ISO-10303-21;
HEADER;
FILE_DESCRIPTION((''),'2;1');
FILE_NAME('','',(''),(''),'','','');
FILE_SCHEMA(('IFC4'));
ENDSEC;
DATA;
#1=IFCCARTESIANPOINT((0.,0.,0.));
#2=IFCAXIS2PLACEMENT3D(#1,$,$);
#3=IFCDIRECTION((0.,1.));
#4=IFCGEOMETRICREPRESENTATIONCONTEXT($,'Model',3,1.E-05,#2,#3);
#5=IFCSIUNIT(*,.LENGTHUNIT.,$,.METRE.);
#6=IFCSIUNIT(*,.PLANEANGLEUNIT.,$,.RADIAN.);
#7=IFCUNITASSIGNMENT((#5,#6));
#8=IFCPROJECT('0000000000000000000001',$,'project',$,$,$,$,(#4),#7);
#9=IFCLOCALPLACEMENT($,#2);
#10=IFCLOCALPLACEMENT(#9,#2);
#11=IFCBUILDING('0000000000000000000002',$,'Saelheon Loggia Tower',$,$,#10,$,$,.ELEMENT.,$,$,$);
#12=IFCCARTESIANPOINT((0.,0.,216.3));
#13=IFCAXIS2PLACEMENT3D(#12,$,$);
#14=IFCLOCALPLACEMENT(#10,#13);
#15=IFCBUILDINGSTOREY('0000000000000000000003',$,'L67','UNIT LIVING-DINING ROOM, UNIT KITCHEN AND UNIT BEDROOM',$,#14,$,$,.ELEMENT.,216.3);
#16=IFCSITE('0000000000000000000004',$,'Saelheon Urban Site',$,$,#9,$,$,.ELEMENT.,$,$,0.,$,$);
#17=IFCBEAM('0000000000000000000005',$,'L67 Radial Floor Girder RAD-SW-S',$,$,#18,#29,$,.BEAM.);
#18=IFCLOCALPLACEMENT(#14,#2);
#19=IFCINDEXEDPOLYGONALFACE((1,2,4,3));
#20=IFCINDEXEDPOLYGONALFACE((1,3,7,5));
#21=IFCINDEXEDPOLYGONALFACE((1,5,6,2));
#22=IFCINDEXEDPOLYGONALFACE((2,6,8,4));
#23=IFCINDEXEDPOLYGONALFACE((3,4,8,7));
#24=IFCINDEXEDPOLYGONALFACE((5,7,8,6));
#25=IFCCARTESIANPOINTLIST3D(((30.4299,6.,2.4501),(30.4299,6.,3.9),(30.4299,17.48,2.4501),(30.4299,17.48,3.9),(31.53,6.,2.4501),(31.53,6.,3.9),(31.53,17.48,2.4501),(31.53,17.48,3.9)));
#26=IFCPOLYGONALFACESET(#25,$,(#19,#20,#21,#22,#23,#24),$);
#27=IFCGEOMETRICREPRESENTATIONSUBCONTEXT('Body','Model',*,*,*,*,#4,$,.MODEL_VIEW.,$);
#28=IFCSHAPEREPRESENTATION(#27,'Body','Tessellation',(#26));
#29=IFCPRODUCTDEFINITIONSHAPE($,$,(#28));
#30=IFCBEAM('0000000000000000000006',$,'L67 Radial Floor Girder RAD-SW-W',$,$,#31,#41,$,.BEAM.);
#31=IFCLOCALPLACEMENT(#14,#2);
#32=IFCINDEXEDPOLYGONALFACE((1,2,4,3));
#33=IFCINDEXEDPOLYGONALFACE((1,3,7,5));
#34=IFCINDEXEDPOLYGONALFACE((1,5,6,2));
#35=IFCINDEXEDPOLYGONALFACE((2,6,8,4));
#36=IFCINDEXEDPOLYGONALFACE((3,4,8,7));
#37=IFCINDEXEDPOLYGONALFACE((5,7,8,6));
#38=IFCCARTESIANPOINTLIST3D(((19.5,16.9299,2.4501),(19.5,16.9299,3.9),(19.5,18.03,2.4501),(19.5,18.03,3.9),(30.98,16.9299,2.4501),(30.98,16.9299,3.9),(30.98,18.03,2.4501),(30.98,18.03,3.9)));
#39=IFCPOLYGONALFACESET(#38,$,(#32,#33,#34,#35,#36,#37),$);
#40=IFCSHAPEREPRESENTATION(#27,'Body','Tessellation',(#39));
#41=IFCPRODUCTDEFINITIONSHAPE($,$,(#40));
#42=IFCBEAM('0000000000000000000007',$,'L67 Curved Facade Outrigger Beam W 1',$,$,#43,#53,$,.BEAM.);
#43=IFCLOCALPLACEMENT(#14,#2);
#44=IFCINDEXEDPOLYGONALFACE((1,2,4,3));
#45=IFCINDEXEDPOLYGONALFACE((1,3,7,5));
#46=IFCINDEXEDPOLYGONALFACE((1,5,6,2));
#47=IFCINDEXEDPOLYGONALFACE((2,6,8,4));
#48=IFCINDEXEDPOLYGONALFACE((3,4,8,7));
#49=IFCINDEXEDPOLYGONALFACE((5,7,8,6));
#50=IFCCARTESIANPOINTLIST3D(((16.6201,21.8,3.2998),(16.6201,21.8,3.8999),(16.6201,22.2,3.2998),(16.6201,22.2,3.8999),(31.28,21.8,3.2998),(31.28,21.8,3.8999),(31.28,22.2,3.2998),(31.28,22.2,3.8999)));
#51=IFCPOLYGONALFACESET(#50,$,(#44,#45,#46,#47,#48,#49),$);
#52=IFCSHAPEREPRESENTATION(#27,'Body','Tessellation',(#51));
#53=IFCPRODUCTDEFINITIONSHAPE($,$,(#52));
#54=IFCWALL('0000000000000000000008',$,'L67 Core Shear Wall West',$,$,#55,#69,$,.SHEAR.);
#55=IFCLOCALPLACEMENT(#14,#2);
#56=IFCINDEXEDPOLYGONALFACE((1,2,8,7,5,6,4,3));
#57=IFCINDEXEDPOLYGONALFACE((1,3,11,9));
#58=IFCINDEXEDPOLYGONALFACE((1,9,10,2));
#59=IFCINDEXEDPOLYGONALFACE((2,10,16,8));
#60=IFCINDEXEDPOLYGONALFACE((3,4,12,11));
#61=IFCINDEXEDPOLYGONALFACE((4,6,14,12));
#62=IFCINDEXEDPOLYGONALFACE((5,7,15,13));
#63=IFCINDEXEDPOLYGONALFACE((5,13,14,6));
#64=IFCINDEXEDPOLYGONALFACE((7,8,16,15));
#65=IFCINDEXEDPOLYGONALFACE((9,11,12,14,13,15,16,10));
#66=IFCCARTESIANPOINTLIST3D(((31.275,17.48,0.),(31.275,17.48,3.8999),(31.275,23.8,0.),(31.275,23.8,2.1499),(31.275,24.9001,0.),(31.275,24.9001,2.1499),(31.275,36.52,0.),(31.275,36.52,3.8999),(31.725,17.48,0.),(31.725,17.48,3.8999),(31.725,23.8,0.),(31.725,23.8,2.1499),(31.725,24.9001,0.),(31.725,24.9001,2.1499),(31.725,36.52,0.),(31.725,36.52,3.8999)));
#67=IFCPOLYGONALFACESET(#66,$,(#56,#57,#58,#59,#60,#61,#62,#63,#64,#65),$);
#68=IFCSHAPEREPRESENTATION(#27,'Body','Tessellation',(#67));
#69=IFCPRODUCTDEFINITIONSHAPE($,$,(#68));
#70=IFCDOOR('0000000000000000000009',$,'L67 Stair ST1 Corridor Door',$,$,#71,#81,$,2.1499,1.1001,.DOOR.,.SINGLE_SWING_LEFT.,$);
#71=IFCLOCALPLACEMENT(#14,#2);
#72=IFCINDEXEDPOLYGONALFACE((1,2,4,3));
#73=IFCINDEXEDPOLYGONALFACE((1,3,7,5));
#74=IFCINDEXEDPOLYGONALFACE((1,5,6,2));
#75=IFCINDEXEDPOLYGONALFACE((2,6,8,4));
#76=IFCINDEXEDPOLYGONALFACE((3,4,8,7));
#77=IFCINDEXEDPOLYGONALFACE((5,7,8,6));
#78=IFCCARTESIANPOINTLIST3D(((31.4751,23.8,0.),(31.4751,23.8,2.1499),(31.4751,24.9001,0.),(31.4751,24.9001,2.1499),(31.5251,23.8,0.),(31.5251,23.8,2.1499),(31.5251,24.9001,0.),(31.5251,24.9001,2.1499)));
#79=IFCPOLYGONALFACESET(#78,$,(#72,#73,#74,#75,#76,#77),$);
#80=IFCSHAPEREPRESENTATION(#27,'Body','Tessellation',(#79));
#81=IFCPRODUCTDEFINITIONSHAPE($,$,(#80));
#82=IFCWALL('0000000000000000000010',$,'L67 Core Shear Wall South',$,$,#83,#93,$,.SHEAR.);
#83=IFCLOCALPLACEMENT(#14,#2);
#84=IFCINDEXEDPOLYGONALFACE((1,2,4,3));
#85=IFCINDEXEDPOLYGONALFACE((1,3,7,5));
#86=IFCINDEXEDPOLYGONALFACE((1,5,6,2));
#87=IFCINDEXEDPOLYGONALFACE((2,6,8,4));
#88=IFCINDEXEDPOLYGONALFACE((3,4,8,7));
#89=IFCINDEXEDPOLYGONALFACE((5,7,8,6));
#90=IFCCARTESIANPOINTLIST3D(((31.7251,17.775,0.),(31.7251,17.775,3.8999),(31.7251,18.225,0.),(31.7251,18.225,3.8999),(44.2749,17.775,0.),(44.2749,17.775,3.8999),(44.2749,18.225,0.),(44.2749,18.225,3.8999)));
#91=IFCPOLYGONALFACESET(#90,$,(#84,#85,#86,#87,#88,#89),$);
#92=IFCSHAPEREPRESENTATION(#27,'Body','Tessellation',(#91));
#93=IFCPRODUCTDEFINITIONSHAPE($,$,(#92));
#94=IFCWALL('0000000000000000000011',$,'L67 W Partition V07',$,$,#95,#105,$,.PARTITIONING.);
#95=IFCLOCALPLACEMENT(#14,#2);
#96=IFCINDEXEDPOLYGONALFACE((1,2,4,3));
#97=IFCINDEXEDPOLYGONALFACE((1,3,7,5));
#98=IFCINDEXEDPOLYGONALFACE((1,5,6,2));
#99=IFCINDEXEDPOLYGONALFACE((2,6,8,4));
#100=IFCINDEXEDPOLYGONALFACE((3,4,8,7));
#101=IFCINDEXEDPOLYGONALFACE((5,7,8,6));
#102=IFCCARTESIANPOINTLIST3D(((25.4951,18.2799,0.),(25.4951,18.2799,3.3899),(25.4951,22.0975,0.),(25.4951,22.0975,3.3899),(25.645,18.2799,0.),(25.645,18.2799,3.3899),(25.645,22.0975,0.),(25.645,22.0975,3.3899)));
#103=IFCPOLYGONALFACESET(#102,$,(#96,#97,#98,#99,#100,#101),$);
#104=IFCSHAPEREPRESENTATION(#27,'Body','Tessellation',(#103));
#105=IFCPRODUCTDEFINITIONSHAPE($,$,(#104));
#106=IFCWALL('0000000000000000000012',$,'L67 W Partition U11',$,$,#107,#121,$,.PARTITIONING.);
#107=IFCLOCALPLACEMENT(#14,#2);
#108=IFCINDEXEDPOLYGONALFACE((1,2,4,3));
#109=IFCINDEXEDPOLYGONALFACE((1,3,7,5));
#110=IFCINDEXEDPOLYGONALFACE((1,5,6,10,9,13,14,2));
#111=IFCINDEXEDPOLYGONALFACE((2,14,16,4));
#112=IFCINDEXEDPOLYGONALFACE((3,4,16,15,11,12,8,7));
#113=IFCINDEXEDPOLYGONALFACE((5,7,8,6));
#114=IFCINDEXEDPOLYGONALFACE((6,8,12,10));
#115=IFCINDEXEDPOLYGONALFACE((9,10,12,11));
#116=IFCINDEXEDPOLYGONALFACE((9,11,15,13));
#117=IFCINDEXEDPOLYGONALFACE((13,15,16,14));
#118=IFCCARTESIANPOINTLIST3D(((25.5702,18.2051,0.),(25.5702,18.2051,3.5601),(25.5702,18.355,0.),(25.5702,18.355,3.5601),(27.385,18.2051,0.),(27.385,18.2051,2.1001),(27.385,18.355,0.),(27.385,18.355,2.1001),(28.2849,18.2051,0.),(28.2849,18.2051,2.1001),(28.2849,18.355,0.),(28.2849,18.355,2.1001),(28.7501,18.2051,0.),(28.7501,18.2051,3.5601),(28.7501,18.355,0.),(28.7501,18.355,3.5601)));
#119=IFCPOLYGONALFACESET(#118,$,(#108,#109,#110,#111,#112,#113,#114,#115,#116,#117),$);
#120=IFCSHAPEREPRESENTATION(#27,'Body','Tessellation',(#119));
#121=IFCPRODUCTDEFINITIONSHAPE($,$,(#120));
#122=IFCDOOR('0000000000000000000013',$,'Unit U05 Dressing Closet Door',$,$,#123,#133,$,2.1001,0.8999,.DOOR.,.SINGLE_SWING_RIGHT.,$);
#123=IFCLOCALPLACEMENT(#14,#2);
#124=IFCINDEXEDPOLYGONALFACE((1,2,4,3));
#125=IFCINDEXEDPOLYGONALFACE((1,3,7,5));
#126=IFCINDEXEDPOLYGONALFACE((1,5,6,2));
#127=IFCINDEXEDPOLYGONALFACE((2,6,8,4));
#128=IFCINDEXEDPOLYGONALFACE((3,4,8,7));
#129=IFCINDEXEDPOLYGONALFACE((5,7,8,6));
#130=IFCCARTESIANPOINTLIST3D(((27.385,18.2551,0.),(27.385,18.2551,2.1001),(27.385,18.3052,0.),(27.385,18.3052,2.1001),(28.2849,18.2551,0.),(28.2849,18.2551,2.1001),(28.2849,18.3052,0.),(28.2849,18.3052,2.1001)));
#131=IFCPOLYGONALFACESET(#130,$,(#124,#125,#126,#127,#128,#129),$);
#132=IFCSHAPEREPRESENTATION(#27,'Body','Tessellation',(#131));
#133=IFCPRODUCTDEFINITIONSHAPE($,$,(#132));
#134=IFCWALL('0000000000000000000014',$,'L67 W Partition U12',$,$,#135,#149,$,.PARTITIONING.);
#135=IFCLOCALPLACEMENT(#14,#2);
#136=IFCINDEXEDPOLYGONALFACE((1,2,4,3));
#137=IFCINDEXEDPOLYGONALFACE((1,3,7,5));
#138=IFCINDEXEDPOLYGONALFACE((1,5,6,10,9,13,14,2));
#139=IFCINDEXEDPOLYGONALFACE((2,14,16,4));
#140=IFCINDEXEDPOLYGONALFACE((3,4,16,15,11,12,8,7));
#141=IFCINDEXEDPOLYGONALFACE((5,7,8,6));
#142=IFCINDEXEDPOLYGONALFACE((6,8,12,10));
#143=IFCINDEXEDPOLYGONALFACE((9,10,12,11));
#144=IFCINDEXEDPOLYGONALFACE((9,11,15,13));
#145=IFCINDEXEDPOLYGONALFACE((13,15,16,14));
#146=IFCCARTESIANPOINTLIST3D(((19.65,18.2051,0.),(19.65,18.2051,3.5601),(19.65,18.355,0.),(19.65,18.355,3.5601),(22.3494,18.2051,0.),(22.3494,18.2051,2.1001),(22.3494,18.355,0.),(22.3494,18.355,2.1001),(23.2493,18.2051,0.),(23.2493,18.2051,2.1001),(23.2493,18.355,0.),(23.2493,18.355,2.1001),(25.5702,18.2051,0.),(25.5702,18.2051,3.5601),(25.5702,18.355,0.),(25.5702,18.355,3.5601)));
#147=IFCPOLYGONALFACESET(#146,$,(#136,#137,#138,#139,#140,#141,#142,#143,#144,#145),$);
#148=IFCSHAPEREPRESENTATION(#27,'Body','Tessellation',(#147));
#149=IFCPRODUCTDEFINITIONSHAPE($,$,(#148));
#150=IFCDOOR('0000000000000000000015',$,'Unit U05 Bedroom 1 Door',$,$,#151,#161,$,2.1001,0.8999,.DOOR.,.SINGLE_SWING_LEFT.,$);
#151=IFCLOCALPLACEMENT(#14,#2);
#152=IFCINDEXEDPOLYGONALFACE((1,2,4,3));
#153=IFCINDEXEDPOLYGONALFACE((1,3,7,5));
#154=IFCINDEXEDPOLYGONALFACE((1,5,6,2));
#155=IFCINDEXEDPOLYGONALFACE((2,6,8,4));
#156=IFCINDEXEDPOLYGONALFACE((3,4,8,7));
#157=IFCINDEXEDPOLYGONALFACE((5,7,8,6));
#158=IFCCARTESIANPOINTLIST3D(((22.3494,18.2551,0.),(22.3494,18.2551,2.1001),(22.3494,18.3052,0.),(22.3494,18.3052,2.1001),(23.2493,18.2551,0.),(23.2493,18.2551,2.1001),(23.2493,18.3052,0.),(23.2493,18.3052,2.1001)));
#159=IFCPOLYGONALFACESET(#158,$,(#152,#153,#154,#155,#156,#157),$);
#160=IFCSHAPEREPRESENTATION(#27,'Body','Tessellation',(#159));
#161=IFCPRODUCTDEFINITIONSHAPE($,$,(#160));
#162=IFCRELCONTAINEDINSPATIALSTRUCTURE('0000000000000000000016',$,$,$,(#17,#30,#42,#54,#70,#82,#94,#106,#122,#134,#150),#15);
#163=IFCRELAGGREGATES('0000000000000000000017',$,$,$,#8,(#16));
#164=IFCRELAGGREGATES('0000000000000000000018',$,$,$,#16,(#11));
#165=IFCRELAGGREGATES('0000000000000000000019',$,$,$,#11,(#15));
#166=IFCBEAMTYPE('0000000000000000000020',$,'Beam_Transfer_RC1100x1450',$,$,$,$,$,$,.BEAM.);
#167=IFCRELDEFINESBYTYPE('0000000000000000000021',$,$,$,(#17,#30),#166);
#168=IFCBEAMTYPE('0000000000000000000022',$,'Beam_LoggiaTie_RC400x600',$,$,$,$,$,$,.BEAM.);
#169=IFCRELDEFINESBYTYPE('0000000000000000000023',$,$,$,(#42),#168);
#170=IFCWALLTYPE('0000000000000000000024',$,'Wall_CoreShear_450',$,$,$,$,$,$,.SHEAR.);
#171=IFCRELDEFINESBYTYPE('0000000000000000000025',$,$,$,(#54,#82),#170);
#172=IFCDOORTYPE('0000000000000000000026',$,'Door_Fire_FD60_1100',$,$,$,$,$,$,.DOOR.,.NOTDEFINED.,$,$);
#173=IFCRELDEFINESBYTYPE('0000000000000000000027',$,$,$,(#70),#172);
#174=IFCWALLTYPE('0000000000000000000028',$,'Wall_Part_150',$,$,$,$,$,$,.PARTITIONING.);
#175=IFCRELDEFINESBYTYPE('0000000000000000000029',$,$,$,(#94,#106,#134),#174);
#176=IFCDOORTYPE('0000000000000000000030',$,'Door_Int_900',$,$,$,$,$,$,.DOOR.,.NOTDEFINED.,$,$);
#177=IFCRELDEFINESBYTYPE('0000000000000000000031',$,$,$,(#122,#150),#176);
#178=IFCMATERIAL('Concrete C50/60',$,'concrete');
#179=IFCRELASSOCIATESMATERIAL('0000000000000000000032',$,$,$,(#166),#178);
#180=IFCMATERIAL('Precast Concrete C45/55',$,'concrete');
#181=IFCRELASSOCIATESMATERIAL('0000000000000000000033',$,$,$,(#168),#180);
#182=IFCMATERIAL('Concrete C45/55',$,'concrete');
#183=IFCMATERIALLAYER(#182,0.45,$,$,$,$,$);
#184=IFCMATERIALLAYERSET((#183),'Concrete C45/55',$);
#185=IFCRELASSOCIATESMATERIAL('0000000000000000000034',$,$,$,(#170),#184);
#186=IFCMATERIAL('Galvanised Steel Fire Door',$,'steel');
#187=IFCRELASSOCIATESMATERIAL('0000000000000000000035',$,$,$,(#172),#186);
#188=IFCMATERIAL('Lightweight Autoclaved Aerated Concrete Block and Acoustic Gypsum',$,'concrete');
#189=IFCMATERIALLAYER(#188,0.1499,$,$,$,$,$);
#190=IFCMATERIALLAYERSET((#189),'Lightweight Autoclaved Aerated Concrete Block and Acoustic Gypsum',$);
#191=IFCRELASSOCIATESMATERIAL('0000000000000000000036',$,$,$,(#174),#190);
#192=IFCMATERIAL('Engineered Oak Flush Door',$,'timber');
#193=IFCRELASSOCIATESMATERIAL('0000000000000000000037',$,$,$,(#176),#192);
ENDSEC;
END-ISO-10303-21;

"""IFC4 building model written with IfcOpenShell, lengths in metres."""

from ifc_helpers import new_model, si_unit, direction, frame, frame_2d, origin, origin_2d, place, context, subcontext, project, spatial, rectangle, extrude, source, transform, mapped, material, layer, layer_set, material_profile, profile_set, type_object, element, fill, save


model = new_model("IFC4")

# Units and contexts
model_context = context("Model", 3, precision=1e-05, world=origin(), true_north=direction((0.0, 1.0)))
body_context = subcontext(model_context, "Body", "Model", "MODEL_VIEW")
ifc_project = project(units=[si_unit("LENGTHUNIT", "METRE"), si_unit("PLANEANGLEUNIT", "RADIAN")], contexts=[model_context])

# Site, building, storey
site_placement = place(None, origin())
site = spatial("IfcSite", under=ifc_project, at=site_placement, Name="Saelheon Urban Site", CompositionType="ELEMENT", RefElevation=0.0)
building_placement = place(site_placement, origin())
building = spatial("IfcBuilding", under=site, at=building_placement, Name="Saelheon Loggia Tower", CompositionType="ELEMENT")
storey_placement = place(building_placement, frame((0.0, 0.0, 216.3)))
storey = spatial("IfcBuildingStorey", under=building, at=storey_placement, Name="L67", Description="UNIT LIVING-DINING ROOM, UNIT KITCHEN AND UNIT BEDROOM", CompositionType="ELEMENT", Elevation=216.3)

# Beams
ifc_material_1 = material(Name="Concrete C50/60", Category="concrete")
ifc_material_profile_1 = material_profile(ifc_material_1, rectangle(XDim=1.1001, YDim=1.45, at=origin_2d()), Name="RC-1100x1450")
ifc_profile_set_1 = profile_set([ifc_material_profile_1], Name="Concrete C50/60")
beam_type_1 = type_object("IfcBeamType", Name="Beam_Transfer_RC1100x1450", PredefinedType="BEAM", material=ifc_profile_set_1)
shared_shape_1 = source(origin(), body_context, "Body", "SweptSolid", [
    extrude(rectangle(XDim=1.1001, YDim=1.45, at=origin_2d()), origin(), (0.0, 0.0, 1.0), 11.48),
])
for number, where, z_axis, x_axis, name in (
    (1, (30.98, 17.48, 3.175), (0.0, -1.0, 0.0), (1.0, 0.0, 0.0), "L67 Radial Floor Girder RAD-SW-S"),
    (2, (30.98, 17.48, 3.175), (-1.0, 0.0, 0.0), (0.0, -1.0, 0.0), "L67 Radial Floor Girder RAD-SW-W"),
):
    element("IfcBeam", number, at=place(storey_placement, frame(where, z_axis=z_axis, x_axis=x_axis)), inside=storey, type_object=beam_type_1, Name=name, PredefinedType="BEAM", context=body_context, shape_type="MappedRepresentation", body=[
        mapped(shared_shape_1, transform((0.0, 0.0, 0.0), scale=1.0)),
    ])
ifc_material_2 = material(Name="Precast Concrete C45/55", Category="concrete")
ifc_material_profile_2 = material_profile(ifc_material_2, rectangle(XDim=0.3999, YDim=0.6001, at=origin_2d()), Name="RC-400x600")
ifc_profile_set_2 = profile_set([ifc_material_profile_2], Name="Precast Concrete C45/55")
beam_type_2 = type_object("IfcBeamType", Name="Beam_LoggiaTie_RC400x600", PredefinedType="BEAM", material=ifc_profile_set_2)
shared_shape_2 = source(origin(), body_context, "Body", "SweptSolid", [
    extrude(rectangle(XDim=0.3999, YDim=0.6001, at=origin_2d()), origin(), (0.0, 0.0, 1.0), 14.6599),
])
beam_placement = place(storey_placement, frame((31.28, 22.0, 3.5999), z_axis=(-1.0, 0.0, 0.0), x_axis=(0.0, -1.0, 0.0)))
element("IfcBeam", 3, at=beam_placement, inside=storey, type_object=beam_type_2, Name="L67 Curved Facade Outrigger Beam W 1", PredefinedType="BEAM", context=body_context, shape_type="MappedRepresentation", body=[
    mapped(shared_shape_2, transform((0.0, 0.0, 0.0), scale=1.0)),
])

# Wall, opening, door
ifc_material_3 = material(Name="Concrete C45/55", Category="concrete")
ifc_layer_1 = layer(ifc_material_3, 0.45)
ifc_layer_set_1 = layer_set([ifc_layer_1], Name="Concrete C45/55")
wall_type_1 = type_object("IfcWallType", Name="Wall_CoreShear_450", PredefinedType="SHEAR", material=ifc_layer_set_1)
wall_1_placement = place(storey_placement, frame((31.5, 17.48, 0.0), z_axis=(0.0, 0.0, 1.0), x_axis=(0.0, 1.0, 0.0)))
wall_1 = element("IfcWall", 4, at=wall_1_placement, inside=storey, type_object=wall_type_1, Name="L67 Core Shear Wall West", PredefinedType="SHEAR", context=body_context, shape_type="SweptSolid", body=[
    extrude(rectangle(XDim=19.04, YDim=0.45, at=frame_2d((9.52, 0.0))), origin(), (0.0, 0.0, 1.0), 3.8999),
])
opening_1_placement = place(wall_1_placement, frame((6.3201, 0.0, 0.0)))
opening_1 = element("IfcOpeningElement", 5, at=opening_1_placement, cuts=wall_1, PredefinedType="OPENING", context=body_context, shape_type="SweptSolid", body=[
    extrude(rectangle(XDim=1.1001, YDim=2.1499, at=frame_2d((0.55, 1.075))), frame((0.0, 0.2371, 0.0), z_axis=(0.0, -1.0, 0.0), x_axis=(1.0, 0.0, 0.0)), (0.0, 0.0, 1.0), 0.4739),
])
ifc_material_4 = material(Name="Galvanised Steel Fire Door", Category="steel")
door_type_1 = type_object("IfcDoorType", Name="Door_Fire_FD60_1100", OperationType="NOTDEFINED", PredefinedType="DOOR", material=ifc_material_4)
shared_shape_3 = source(origin(), body_context, "Body", "SweptSolid", [
    extrude(rectangle(XDim=1.1001, YDim=2.1499, at=frame_2d((0.55, 1.075))), frame((0.0, 0.0249, 0.0), z_axis=(0.0, -1.0, 0.0), x_axis=(1.0, 0.0, 0.0)), (0.0, 0.0, 1.0), 0.05),
])
door_1_placement = place(opening_1_placement, origin())
door_1 = element("IfcDoor", 6, at=door_1_placement, inside=storey, type_object=door_type_1, Name="L67 Stair ST1 Corridor Door", OperationType="SINGLE_SWING_LEFT", OverallHeight=2.1499, OverallWidth=1.1001, PredefinedType="DOOR", context=body_context, shape_type="MappedRepresentation", body=[
    mapped(shared_shape_3, transform((0.0, 0.0, 0.0), scale=1.0)),
])
fill(opening_1, door_1)

# Walls
wall_2_placement = place(storey_placement, frame((31.7251, 18.0, 0.0), z_axis=(0.0, 0.0, 1.0), x_axis=(1.0, 0.0, 0.0)))
element("IfcWall", 7, at=wall_2_placement, inside=storey, type_object=wall_type_1, Name="L67 Core Shear Wall South", PredefinedType="SHEAR", context=body_context, shape_type="SweptSolid", body=[
    extrude(rectangle(XDim=12.5498, YDim=0.45, at=frame_2d((6.2749, 0.0))), origin(), (0.0, 0.0, 1.0), 3.8999),
])
ifc_material_5 = material(Name="Lightweight Autoclaved Aerated Concrete Block and Acoustic Gypsum", Category="concrete")
ifc_layer_2 = layer(ifc_material_5, 0.1499)
ifc_layer_set_2 = layer_set([ifc_layer_2], Name="Lightweight Autoclaved Aerated Concrete Block and Acoustic Gypsum")
wall_type_2 = type_object("IfcWallType", Name="Wall_Part_150", PredefinedType="PARTITIONING", material=ifc_layer_set_2)
wall_3_placement = place(storey_placement, frame((25.5701, 18.28, 0.0), z_axis=(0.0, 0.0, 1.0), x_axis=(0.0, 1.0, 0.0)))
element("IfcWall", 8, at=wall_3_placement, inside=storey, type_object=wall_type_2, Name="L67 W Partition V07", PredefinedType="PARTITIONING", context=body_context, shape_type="SweptSolid", body=[
    extrude(rectangle(XDim=3.8176, YDim=0.1499, at=frame_2d((1.9087, 0.0))), origin(), (0.0, 0.0, 1.0), 3.3899),
])

# Walls, openings, doors
wall_4_placement = place(storey_placement, frame((28.75, 18.28, 0.0), z_axis=(0.0, 0.0, 1.0), x_axis=(-1.0, 0.0, 0.0)))
wall_4 = element("IfcWall", 9, at=wall_4_placement, inside=storey, type_object=wall_type_2, Name="L67 W Partition U11", PredefinedType="PARTITIONING", context=body_context, shape_type="SweptSolid", body=[
    extrude(rectangle(XDim=3.1799, YDim=0.1499, at=frame_2d((1.5898, 0.0))), origin(), (0.0, 0.0, 1.0), 3.5601),
])
opening_2_placement = place(wall_4_placement, frame((0.4651, 0.0, 0.0)))
opening_2 = element("IfcOpeningElement", 10, at=opening_2_placement, cuts=wall_4, PredefinedType="OPENING", context=body_context, shape_type="SweptSolid", body=[
    extrude(rectangle(XDim=0.8999, YDim=2.1001, at=frame_2d((0.45, 1.05))), frame((0.0, 0.0869, 0.0), z_axis=(0.0, -1.0, 0.0), x_axis=(1.0, 0.0, 0.0)), (0.0, 0.0, 1.0), 0.1738),
])
ifc_material_6 = material(Name="Engineered Oak Flush Door", Category="timber")
door_type_2 = type_object("IfcDoorType", Name="Door_Int_900", OperationType="NOTDEFINED", PredefinedType="DOOR", material=ifc_material_6)
shared_shape_4 = source(origin(), body_context, "Body", "SweptSolid", [
    extrude(rectangle(XDim=0.8999, YDim=2.1001, at=frame_2d((0.45, 1.05))), frame((0.0, 0.0249, 0.0), z_axis=(0.0, -1.0, 0.0), x_axis=(1.0, 0.0, 0.0)), (0.0, 0.0, 1.0), 0.05),
])
door_2_placement = place(opening_2_placement, origin())
door_2 = element("IfcDoor", 11, at=door_2_placement, inside=storey, type_object=door_type_2, Name="Unit U05 Dressing Closet Door", OperationType="SINGLE_SWING_RIGHT", OverallHeight=2.1001, OverallWidth=0.8999, PredefinedType="DOOR", context=body_context, shape_type="MappedRepresentation", body=[
    mapped(shared_shape_4, transform((0.0, 0.0, 0.0), scale=1.0)),
])
fill(opening_2, door_2)
wall_5_placement = place(storey_placement, frame((25.5701, 18.28, 0.0), z_axis=(0.0, 0.0, 1.0), x_axis=(-1.0, 0.0, 0.0)))
wall_5 = element("IfcWall", 12, at=wall_5_placement, inside=storey, type_object=wall_type_2, Name="L67 W Partition U12", PredefinedType="PARTITIONING", context=body_context, shape_type="SweptSolid", body=[
    extrude(rectangle(XDim=5.9202, YDim=0.1499, at=frame_2d((2.96, 0.0))), origin(), (0.0, 0.0, 1.0), 3.5601),
])
opening_3_placement = place(wall_5_placement, frame((2.3208, 0.0, 0.0)))
opening_3 = element("IfcOpeningElement", 13, at=opening_3_placement, cuts=wall_5, PredefinedType="OPENING", context=body_context, shape_type="SweptSolid", body=[
    extrude(rectangle(XDim=0.8999, YDim=2.1001, at=frame_2d((0.45, 1.05))), frame((0.0, 0.0869, 0.0), z_axis=(0.0, -1.0, 0.0), x_axis=(1.0, 0.0, 0.0)), (0.0, 0.0, 1.0), 0.1738),
])
door_3_placement = place(opening_3_placement, origin())
door_3 = element("IfcDoor", 14, at=door_3_placement, inside=storey, type_object=door_type_2, Name="Unit U05 Bedroom 1 Door", OperationType="SINGLE_SWING_LEFT", OverallHeight=2.1001, OverallWidth=0.8999, PredefinedType="DOOR", context=body_context, shape_type="MappedRepresentation", body=[
    mapped(shared_shape_4, transform((0.0, 0.0, 0.0), scale=1.0)),
])
fill(opening_3, door_3)

save(model, "model.ifc")
